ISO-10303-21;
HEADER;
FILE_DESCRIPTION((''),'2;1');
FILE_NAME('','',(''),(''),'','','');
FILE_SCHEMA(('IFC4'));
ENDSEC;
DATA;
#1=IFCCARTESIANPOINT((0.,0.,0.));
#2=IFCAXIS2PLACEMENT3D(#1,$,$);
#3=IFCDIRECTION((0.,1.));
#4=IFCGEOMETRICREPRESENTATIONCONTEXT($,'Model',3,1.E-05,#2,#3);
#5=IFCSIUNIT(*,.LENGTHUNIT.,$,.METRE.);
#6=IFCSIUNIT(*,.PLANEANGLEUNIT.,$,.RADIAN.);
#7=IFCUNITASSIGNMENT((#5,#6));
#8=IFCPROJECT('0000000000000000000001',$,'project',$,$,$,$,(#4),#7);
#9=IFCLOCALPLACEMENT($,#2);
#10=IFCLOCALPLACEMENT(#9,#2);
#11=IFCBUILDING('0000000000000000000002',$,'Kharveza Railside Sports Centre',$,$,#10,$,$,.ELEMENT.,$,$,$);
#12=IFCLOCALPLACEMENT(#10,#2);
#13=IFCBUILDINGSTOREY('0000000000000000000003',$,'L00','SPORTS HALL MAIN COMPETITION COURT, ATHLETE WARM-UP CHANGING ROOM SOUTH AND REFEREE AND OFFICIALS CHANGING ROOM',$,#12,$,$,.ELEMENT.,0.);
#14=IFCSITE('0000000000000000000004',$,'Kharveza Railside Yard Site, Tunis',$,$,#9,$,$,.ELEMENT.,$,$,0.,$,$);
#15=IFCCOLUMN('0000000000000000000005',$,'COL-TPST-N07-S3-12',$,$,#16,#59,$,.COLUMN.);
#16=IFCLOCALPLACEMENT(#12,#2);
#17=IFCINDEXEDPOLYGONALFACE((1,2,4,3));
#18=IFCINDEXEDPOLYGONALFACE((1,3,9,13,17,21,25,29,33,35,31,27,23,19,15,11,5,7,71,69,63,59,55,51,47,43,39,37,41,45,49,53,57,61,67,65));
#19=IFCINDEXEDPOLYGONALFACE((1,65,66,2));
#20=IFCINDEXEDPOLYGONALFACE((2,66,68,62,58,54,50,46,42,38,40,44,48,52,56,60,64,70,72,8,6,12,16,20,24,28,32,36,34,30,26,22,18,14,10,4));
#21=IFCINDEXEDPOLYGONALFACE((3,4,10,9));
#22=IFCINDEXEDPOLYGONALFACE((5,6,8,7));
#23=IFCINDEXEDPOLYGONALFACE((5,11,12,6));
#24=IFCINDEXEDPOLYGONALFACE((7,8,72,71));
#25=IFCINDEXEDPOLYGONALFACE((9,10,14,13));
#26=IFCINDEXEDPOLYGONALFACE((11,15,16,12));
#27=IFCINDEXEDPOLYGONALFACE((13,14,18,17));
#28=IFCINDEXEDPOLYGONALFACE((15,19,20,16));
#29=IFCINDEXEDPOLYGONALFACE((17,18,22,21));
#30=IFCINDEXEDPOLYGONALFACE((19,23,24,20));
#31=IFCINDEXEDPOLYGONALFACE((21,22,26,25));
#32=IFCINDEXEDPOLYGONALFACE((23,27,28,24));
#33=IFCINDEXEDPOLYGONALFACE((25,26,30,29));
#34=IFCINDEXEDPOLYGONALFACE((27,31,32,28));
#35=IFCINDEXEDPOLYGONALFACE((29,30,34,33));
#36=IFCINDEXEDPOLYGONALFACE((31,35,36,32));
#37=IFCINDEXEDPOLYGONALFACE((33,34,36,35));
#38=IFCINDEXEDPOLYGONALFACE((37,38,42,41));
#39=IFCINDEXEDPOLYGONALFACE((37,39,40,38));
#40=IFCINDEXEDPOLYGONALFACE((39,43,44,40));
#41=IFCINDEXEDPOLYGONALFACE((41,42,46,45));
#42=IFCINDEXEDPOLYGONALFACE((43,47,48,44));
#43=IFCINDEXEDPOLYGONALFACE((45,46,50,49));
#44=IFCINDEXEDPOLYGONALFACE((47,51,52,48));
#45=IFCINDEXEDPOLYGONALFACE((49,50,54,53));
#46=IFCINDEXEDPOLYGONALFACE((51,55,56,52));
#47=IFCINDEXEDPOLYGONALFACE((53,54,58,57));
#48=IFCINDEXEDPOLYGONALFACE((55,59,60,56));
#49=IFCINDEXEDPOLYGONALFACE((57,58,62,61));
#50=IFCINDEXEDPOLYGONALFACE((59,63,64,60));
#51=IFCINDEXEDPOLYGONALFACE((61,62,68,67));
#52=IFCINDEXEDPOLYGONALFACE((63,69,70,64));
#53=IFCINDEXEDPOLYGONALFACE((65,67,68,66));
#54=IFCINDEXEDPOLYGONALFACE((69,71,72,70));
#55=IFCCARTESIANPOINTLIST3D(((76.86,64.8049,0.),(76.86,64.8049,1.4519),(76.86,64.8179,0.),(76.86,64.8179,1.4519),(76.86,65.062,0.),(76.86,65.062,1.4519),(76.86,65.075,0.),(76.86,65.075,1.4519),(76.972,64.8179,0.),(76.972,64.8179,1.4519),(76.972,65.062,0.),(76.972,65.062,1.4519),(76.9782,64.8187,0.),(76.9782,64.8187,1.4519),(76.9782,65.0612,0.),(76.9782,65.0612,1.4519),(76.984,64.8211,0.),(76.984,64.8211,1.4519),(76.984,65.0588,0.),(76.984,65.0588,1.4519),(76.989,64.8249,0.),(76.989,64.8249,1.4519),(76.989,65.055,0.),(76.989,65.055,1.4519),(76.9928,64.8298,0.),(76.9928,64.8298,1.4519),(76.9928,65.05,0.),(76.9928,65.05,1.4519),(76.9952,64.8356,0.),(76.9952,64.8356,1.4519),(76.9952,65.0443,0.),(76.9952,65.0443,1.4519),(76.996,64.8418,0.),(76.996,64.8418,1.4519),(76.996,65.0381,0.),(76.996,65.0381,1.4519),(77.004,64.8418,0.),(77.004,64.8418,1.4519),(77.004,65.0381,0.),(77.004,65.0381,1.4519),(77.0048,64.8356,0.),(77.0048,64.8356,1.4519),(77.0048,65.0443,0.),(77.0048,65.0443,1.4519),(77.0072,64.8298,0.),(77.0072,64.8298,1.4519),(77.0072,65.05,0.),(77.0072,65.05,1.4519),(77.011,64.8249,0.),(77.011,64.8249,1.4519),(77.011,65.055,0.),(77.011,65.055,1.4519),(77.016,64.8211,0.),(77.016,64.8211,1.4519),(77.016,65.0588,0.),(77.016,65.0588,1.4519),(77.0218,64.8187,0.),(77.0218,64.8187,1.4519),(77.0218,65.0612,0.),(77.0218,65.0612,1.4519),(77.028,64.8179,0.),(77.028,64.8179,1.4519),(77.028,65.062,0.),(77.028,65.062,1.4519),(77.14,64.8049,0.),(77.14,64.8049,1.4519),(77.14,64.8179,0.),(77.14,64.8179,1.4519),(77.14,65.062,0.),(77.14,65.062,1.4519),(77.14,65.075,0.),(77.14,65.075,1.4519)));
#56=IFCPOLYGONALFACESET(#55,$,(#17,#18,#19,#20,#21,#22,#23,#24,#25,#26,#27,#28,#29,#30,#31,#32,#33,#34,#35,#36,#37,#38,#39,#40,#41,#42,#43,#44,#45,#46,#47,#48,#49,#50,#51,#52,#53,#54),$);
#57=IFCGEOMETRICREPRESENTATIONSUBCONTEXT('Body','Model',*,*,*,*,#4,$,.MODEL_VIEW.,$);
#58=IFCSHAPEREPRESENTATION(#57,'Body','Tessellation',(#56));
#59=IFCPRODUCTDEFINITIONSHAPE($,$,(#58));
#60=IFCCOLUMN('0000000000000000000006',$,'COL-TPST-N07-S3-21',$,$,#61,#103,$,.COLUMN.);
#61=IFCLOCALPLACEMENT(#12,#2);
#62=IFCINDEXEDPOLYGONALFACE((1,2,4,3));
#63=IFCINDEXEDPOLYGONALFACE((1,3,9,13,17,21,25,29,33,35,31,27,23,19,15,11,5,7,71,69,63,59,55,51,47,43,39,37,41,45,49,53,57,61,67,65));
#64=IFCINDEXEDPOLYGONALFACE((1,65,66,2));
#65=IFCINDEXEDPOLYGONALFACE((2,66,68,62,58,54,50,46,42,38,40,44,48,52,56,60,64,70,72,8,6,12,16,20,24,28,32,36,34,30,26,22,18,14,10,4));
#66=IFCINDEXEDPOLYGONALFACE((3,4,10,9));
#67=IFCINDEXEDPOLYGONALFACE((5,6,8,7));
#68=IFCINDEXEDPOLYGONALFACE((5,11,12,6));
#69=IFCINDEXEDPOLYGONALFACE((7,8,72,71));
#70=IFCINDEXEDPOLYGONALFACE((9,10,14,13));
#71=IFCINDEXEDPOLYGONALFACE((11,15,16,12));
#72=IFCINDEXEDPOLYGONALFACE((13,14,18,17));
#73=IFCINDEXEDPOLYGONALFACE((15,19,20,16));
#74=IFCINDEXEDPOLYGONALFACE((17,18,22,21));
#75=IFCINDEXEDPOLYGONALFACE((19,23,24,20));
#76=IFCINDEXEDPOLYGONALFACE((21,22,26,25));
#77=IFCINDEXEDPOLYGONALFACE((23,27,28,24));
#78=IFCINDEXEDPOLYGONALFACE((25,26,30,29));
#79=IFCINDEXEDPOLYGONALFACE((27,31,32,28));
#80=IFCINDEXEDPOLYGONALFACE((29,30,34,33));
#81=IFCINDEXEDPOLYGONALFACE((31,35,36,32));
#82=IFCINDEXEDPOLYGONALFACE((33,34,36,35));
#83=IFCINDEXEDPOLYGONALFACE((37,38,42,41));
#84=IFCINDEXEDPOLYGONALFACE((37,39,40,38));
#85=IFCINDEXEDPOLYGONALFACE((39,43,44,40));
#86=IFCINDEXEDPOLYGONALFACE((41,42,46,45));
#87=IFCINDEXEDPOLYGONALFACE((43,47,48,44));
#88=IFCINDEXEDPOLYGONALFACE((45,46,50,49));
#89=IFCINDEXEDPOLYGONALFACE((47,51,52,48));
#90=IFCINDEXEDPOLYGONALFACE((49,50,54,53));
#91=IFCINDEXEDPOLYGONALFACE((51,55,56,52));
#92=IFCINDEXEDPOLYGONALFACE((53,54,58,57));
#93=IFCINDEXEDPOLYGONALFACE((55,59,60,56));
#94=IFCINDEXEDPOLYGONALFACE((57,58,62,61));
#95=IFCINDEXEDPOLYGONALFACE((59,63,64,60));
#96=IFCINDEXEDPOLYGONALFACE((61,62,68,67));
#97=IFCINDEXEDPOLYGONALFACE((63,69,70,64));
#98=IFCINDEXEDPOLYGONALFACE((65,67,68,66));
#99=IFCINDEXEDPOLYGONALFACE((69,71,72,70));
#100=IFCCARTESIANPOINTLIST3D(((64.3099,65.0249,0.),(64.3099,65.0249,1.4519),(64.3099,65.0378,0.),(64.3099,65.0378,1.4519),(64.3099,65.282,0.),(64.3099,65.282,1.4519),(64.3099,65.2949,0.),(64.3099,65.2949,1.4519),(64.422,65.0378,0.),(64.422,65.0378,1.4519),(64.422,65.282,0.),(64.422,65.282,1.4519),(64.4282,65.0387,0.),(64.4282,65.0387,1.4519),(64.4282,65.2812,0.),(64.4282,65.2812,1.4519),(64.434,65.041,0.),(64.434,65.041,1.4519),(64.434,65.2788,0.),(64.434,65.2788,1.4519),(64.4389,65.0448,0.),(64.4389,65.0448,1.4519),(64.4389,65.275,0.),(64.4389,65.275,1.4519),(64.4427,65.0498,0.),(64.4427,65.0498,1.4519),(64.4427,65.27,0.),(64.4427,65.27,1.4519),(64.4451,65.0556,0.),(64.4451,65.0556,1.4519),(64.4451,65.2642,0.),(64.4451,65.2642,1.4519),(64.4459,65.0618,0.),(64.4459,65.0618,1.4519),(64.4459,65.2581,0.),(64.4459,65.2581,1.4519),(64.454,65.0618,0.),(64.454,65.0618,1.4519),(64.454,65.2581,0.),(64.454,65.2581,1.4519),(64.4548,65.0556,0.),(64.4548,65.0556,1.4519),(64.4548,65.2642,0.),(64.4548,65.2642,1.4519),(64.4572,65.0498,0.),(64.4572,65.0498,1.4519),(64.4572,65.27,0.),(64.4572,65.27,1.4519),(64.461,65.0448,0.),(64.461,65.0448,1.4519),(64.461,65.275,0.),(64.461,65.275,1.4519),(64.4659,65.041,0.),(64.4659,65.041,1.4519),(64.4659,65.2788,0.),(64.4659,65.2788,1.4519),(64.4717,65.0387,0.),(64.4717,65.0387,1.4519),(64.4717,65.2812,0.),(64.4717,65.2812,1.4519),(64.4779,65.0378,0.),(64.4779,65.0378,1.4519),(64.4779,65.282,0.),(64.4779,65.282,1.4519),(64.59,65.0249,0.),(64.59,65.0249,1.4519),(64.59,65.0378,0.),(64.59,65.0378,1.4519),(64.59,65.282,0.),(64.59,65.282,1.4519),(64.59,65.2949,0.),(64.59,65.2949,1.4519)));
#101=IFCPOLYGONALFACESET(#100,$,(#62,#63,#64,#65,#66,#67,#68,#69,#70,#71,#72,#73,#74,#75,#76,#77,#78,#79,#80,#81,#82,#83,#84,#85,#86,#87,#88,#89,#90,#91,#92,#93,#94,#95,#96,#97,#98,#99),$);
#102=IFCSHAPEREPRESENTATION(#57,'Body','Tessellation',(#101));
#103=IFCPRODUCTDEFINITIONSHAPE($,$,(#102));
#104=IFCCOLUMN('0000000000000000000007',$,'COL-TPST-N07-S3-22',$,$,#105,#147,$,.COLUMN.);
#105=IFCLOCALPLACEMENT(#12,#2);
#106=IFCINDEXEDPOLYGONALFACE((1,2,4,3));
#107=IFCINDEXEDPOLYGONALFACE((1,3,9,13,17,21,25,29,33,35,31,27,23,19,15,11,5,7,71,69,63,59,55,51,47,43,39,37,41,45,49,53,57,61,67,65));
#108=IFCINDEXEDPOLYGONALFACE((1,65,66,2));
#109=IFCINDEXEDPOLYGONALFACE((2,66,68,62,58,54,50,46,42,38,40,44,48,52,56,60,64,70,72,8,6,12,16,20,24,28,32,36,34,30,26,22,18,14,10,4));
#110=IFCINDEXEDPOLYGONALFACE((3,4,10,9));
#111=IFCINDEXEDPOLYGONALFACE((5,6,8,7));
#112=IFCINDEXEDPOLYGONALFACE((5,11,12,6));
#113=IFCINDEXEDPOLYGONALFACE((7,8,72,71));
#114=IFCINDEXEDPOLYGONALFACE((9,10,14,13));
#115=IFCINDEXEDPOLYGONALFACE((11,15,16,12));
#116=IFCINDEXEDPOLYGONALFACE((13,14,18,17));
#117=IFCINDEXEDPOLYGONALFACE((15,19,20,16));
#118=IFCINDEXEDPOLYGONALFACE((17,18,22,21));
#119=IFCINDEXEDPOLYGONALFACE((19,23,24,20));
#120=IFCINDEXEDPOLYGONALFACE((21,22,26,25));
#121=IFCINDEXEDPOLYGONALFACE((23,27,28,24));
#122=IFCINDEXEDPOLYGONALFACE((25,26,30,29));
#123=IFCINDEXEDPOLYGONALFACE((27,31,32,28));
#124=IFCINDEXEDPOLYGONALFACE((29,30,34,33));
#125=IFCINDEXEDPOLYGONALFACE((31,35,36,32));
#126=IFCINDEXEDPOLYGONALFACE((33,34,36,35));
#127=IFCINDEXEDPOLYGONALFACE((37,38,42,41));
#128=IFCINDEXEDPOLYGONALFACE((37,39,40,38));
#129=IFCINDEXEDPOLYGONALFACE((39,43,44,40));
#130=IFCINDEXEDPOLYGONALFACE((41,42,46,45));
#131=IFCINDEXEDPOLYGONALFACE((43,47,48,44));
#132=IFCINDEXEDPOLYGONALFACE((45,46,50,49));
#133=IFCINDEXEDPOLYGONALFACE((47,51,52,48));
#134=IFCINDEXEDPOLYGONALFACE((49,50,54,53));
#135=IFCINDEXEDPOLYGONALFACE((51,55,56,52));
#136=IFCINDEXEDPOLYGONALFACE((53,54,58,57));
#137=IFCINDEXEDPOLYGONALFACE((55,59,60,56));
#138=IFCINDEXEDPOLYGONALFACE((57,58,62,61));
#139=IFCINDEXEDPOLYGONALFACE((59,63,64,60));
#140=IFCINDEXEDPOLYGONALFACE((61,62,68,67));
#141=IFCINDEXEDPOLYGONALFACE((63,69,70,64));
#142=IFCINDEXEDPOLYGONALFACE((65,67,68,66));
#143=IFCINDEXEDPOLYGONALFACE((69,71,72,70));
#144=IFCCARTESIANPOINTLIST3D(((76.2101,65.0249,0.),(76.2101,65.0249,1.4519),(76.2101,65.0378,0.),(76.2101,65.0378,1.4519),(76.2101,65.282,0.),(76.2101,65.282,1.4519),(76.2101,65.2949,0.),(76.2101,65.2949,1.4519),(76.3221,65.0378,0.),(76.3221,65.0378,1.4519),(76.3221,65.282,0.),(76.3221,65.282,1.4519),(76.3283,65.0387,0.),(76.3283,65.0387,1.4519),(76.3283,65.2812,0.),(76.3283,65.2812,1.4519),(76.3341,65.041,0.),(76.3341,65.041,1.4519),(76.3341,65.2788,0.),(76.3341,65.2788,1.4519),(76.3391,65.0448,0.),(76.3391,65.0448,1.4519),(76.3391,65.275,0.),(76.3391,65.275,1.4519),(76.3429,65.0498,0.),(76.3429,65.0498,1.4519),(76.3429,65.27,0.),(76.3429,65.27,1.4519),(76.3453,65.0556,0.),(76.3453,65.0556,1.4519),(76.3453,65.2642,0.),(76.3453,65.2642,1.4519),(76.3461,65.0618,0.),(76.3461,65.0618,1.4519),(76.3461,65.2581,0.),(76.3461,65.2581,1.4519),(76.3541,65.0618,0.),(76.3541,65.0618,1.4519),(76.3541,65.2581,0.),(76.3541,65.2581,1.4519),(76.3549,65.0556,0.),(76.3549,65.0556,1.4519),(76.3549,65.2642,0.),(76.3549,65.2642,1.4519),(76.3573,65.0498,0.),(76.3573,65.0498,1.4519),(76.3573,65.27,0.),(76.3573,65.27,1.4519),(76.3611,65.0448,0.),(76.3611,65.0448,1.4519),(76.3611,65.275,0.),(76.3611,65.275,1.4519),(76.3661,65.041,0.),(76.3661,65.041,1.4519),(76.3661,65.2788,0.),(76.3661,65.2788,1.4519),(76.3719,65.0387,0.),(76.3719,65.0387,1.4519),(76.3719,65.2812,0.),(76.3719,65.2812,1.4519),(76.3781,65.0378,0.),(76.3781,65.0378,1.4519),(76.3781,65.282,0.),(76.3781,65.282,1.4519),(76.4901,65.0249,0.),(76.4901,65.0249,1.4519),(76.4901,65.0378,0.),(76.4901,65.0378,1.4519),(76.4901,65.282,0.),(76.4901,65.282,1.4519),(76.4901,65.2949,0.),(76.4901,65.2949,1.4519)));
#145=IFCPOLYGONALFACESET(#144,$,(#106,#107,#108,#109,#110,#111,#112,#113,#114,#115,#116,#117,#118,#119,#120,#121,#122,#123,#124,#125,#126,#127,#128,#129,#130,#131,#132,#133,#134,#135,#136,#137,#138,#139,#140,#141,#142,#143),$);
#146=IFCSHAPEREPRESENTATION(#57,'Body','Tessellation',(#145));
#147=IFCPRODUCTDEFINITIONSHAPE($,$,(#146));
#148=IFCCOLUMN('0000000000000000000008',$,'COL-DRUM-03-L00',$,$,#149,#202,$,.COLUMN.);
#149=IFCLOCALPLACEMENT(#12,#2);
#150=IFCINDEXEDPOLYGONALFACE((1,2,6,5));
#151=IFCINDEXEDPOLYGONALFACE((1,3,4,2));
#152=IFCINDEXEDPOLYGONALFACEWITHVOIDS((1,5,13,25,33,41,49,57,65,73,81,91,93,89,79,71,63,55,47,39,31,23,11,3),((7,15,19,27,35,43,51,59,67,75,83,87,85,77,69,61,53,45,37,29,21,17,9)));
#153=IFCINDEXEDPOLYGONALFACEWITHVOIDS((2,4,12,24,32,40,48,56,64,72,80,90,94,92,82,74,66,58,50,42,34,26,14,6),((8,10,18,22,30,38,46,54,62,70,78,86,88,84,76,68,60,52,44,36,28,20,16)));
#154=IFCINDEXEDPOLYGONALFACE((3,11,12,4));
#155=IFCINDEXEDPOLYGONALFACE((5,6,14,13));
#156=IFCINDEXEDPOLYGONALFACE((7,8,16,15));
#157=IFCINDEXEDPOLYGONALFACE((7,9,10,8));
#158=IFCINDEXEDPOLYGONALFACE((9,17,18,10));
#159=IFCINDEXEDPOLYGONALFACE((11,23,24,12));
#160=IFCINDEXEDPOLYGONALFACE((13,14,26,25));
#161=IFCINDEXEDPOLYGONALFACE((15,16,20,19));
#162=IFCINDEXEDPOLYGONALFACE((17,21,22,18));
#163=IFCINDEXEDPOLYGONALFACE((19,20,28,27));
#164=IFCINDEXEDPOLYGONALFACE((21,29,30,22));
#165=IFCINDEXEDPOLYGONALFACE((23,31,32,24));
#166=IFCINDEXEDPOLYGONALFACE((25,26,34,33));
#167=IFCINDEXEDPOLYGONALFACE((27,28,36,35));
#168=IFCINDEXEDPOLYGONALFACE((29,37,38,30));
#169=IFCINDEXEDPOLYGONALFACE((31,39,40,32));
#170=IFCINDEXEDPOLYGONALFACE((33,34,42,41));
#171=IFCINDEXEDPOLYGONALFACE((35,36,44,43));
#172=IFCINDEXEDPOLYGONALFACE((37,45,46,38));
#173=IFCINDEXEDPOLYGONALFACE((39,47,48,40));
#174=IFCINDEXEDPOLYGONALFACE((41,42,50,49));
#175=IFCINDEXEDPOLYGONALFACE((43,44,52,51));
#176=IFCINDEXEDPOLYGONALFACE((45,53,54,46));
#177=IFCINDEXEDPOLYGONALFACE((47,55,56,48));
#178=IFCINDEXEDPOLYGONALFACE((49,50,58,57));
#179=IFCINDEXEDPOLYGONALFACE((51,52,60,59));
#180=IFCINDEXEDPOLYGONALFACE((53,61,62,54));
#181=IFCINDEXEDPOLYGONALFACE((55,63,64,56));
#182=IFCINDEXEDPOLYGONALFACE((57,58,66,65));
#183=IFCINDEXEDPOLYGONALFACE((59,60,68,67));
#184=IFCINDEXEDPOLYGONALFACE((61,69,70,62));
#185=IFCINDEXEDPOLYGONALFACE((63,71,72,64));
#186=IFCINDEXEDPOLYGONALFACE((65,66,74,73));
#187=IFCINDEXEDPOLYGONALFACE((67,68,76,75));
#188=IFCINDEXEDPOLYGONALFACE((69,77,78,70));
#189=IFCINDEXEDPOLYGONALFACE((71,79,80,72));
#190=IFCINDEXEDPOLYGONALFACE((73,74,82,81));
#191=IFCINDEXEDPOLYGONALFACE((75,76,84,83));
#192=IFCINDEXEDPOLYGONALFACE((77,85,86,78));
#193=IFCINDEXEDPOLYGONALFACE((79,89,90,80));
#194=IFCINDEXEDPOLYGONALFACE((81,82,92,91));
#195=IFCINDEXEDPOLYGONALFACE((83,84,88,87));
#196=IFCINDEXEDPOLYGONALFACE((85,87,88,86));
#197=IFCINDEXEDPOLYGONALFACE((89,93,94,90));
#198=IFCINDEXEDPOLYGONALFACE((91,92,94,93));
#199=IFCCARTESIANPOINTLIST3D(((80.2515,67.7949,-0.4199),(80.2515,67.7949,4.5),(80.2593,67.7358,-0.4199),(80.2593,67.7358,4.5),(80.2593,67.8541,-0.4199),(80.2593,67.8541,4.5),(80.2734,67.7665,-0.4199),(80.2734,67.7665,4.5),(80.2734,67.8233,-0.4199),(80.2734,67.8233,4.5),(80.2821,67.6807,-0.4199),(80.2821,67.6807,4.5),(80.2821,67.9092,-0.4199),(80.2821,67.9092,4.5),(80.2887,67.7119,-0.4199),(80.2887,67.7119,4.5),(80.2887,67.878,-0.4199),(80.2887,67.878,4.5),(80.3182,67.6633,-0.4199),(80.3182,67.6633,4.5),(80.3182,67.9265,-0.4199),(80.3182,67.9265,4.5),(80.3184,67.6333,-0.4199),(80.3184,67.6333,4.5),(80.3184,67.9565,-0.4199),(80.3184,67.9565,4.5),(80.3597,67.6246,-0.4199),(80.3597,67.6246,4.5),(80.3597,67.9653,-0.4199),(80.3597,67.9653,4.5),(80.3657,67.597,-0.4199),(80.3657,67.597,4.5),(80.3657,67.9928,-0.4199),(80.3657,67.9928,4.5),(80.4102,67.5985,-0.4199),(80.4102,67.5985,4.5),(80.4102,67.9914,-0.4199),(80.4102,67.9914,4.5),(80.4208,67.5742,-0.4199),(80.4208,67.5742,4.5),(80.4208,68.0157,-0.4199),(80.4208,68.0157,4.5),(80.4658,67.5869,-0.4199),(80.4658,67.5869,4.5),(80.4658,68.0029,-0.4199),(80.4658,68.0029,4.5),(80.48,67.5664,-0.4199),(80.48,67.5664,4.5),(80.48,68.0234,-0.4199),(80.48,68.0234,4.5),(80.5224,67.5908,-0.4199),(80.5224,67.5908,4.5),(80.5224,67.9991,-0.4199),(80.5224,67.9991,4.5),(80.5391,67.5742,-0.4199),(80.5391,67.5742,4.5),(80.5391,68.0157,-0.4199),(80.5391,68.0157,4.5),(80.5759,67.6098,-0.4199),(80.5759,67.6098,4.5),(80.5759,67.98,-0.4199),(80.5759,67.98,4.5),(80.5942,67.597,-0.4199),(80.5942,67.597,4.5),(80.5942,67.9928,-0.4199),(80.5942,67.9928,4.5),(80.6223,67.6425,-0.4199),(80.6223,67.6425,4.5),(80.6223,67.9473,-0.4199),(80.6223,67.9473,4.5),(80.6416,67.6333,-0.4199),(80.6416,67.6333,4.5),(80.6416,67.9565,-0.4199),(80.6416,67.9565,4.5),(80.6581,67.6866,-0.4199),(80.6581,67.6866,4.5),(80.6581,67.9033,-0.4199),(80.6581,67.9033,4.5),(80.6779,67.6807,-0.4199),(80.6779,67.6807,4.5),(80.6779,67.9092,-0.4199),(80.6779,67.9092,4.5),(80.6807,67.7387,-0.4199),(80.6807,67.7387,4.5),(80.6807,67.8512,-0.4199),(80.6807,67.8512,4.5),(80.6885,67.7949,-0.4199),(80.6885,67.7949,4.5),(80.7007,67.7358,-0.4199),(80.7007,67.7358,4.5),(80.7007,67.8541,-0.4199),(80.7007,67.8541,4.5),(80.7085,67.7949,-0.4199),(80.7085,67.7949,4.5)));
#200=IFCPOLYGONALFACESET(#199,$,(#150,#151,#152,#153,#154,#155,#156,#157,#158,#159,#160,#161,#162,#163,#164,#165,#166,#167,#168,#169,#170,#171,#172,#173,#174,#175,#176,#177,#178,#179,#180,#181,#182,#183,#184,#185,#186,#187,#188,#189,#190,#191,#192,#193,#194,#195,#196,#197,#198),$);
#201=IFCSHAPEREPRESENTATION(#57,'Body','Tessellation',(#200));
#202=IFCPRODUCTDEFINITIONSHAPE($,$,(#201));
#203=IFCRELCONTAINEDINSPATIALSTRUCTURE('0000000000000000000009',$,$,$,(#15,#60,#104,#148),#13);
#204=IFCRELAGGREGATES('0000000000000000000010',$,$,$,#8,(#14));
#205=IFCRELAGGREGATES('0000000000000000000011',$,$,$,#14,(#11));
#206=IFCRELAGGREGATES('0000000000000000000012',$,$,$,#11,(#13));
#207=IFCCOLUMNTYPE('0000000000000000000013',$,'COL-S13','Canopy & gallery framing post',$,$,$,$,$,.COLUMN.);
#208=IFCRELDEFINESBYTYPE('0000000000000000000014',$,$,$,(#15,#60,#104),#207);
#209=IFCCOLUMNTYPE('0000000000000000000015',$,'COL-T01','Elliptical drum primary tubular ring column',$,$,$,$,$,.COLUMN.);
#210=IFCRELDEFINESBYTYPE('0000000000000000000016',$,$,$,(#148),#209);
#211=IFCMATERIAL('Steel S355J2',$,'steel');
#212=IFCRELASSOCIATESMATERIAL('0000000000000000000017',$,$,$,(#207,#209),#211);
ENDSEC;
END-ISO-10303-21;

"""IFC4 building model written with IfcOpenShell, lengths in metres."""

from ifc_helpers import new_model, si_unit, direction, frame, origin, origin_2d, place, context, subcontext, project, spatial, hollow_circle, i_section, extrude, material, material_profile, profile_set, type_object, element, save


model = new_model("IFC4")

# Units and contexts
model_context = context("Model", 3, precision=1e-05, world=origin(), true_north=direction((0.0, 1.0)))
body_context = subcontext(model_context, "Body", "Model", "MODEL_VIEW")
ifc_project = project(units=[si_unit("LENGTHUNIT", "METRE"), si_unit("PLANEANGLEUNIT", "RADIAN")], contexts=[model_context])

# Site, building, storey
site_placement = place(None, origin())
site = spatial("IfcSite", under=ifc_project, at=site_placement, Name="Kharveza Railside Yard Site, Tunis", CompositionType="ELEMENT", RefElevation=0.0)
building_placement = place(site_placement, origin())
building = spatial("IfcBuilding", under=site, at=building_placement, Name="Kharveza Railside Sports Centre", CompositionType="ELEMENT")
storey_placement = place(building_placement, origin())
storey = spatial("IfcBuildingStorey", under=building, at=storey_placement, Name="L00", Description="SPORTS HALL MAIN COMPETITION COURT, ATHLETE WARM-UP CHANGING ROOM SOUTH AND REFEREE AND OFFICIALS CHANGING ROOM", CompositionType="ELEMENT", Elevation=0.0)

# Columns
ifc_material_1 = material(Name="Steel S355J2", Category="steel")
ifc_material_profile_1 = material_profile(ifc_material_1, i_section(OverallWidth=0.28, OverallDepth=0.27, WebThickness=0.0081, FlangeThickness=0.0129, FilletRadius=0.0239, at=origin_2d()), Name="HEA 280")
ifc_profile_set_1 = profile_set([ifc_material_profile_1], Name="Steel S355J2")
column_type_1 = type_object("IfcColumnType", Name="COL-S13", Description="Canopy & gallery framing post", PredefinedType="COLUMN", material=ifc_profile_set_1)
for number, where, z_axis, x_axis, name in (
    (1, (77.0, 64.9399, 0.0), (0.0, 0.0, 1.0), (1.0, 0.0, 0.0), "COL-TPST-N07-S3-12"),
    (2, (64.45, 65.1599, 0.0), (0.0, 0.0, 1.0), (1.0, 0.0, 0.0), "COL-TPST-N07-S3-21"),
    (3, (76.3501, 65.1599, 0.0), (0.0, 0.0, 1.0), (1.0, 0.0, 0.0), "COL-TPST-N07-S3-22"),
):
    element("IfcColumn", number, at=place(storey_placement, frame(where, z_axis=z_axis, x_axis=x_axis)), inside=storey, type_object=column_type_1, Name=name, PredefinedType="COLUMN", context=body_context, shape_type="SweptSolid", body=[
        extrude(i_section(OverallWidth=0.28, OverallDepth=0.27, WebThickness=0.0081, FlangeThickness=0.0129, FilletRadius=0.0239, at=origin_2d()), origin(), (0.0, 0.0, 1.0), 1.4519),
    ])
ifc_material_profile_2 = material_profile(ifc_material_1, hollow_circle(Radius=0.2285, WallThickness=0.02, at=origin_2d()), Name="CHS 457.0x20.0")
ifc_profile_set_2 = profile_set([ifc_material_profile_2], Name="Steel S355J2")
column_type_2 = type_object("IfcColumnType", Name="COL-T01", Description="Elliptical drum primary tubular ring column", PredefinedType="COLUMN", material=ifc_profile_set_2)
column_placement = place(storey_placement, frame((80.48, 67.7949, -0.4199), z_axis=(0.0, 0.0, 1.0), x_axis=(1.0, 0.0, 0.0)))
element("IfcColumn", 4, at=column_placement, inside=storey, type_object=column_type_2, Name="COL-DRUM-03-L00", PredefinedType="COLUMN", context=body_context, shape_type="SweptSolid", body=[
    extrude(hollow_circle(Radius=0.2285, WallThickness=0.02, at=origin_2d()), origin(), (0.0, 0.0, 1.0), 4.9199),
])

save(model, "model.ifc")
